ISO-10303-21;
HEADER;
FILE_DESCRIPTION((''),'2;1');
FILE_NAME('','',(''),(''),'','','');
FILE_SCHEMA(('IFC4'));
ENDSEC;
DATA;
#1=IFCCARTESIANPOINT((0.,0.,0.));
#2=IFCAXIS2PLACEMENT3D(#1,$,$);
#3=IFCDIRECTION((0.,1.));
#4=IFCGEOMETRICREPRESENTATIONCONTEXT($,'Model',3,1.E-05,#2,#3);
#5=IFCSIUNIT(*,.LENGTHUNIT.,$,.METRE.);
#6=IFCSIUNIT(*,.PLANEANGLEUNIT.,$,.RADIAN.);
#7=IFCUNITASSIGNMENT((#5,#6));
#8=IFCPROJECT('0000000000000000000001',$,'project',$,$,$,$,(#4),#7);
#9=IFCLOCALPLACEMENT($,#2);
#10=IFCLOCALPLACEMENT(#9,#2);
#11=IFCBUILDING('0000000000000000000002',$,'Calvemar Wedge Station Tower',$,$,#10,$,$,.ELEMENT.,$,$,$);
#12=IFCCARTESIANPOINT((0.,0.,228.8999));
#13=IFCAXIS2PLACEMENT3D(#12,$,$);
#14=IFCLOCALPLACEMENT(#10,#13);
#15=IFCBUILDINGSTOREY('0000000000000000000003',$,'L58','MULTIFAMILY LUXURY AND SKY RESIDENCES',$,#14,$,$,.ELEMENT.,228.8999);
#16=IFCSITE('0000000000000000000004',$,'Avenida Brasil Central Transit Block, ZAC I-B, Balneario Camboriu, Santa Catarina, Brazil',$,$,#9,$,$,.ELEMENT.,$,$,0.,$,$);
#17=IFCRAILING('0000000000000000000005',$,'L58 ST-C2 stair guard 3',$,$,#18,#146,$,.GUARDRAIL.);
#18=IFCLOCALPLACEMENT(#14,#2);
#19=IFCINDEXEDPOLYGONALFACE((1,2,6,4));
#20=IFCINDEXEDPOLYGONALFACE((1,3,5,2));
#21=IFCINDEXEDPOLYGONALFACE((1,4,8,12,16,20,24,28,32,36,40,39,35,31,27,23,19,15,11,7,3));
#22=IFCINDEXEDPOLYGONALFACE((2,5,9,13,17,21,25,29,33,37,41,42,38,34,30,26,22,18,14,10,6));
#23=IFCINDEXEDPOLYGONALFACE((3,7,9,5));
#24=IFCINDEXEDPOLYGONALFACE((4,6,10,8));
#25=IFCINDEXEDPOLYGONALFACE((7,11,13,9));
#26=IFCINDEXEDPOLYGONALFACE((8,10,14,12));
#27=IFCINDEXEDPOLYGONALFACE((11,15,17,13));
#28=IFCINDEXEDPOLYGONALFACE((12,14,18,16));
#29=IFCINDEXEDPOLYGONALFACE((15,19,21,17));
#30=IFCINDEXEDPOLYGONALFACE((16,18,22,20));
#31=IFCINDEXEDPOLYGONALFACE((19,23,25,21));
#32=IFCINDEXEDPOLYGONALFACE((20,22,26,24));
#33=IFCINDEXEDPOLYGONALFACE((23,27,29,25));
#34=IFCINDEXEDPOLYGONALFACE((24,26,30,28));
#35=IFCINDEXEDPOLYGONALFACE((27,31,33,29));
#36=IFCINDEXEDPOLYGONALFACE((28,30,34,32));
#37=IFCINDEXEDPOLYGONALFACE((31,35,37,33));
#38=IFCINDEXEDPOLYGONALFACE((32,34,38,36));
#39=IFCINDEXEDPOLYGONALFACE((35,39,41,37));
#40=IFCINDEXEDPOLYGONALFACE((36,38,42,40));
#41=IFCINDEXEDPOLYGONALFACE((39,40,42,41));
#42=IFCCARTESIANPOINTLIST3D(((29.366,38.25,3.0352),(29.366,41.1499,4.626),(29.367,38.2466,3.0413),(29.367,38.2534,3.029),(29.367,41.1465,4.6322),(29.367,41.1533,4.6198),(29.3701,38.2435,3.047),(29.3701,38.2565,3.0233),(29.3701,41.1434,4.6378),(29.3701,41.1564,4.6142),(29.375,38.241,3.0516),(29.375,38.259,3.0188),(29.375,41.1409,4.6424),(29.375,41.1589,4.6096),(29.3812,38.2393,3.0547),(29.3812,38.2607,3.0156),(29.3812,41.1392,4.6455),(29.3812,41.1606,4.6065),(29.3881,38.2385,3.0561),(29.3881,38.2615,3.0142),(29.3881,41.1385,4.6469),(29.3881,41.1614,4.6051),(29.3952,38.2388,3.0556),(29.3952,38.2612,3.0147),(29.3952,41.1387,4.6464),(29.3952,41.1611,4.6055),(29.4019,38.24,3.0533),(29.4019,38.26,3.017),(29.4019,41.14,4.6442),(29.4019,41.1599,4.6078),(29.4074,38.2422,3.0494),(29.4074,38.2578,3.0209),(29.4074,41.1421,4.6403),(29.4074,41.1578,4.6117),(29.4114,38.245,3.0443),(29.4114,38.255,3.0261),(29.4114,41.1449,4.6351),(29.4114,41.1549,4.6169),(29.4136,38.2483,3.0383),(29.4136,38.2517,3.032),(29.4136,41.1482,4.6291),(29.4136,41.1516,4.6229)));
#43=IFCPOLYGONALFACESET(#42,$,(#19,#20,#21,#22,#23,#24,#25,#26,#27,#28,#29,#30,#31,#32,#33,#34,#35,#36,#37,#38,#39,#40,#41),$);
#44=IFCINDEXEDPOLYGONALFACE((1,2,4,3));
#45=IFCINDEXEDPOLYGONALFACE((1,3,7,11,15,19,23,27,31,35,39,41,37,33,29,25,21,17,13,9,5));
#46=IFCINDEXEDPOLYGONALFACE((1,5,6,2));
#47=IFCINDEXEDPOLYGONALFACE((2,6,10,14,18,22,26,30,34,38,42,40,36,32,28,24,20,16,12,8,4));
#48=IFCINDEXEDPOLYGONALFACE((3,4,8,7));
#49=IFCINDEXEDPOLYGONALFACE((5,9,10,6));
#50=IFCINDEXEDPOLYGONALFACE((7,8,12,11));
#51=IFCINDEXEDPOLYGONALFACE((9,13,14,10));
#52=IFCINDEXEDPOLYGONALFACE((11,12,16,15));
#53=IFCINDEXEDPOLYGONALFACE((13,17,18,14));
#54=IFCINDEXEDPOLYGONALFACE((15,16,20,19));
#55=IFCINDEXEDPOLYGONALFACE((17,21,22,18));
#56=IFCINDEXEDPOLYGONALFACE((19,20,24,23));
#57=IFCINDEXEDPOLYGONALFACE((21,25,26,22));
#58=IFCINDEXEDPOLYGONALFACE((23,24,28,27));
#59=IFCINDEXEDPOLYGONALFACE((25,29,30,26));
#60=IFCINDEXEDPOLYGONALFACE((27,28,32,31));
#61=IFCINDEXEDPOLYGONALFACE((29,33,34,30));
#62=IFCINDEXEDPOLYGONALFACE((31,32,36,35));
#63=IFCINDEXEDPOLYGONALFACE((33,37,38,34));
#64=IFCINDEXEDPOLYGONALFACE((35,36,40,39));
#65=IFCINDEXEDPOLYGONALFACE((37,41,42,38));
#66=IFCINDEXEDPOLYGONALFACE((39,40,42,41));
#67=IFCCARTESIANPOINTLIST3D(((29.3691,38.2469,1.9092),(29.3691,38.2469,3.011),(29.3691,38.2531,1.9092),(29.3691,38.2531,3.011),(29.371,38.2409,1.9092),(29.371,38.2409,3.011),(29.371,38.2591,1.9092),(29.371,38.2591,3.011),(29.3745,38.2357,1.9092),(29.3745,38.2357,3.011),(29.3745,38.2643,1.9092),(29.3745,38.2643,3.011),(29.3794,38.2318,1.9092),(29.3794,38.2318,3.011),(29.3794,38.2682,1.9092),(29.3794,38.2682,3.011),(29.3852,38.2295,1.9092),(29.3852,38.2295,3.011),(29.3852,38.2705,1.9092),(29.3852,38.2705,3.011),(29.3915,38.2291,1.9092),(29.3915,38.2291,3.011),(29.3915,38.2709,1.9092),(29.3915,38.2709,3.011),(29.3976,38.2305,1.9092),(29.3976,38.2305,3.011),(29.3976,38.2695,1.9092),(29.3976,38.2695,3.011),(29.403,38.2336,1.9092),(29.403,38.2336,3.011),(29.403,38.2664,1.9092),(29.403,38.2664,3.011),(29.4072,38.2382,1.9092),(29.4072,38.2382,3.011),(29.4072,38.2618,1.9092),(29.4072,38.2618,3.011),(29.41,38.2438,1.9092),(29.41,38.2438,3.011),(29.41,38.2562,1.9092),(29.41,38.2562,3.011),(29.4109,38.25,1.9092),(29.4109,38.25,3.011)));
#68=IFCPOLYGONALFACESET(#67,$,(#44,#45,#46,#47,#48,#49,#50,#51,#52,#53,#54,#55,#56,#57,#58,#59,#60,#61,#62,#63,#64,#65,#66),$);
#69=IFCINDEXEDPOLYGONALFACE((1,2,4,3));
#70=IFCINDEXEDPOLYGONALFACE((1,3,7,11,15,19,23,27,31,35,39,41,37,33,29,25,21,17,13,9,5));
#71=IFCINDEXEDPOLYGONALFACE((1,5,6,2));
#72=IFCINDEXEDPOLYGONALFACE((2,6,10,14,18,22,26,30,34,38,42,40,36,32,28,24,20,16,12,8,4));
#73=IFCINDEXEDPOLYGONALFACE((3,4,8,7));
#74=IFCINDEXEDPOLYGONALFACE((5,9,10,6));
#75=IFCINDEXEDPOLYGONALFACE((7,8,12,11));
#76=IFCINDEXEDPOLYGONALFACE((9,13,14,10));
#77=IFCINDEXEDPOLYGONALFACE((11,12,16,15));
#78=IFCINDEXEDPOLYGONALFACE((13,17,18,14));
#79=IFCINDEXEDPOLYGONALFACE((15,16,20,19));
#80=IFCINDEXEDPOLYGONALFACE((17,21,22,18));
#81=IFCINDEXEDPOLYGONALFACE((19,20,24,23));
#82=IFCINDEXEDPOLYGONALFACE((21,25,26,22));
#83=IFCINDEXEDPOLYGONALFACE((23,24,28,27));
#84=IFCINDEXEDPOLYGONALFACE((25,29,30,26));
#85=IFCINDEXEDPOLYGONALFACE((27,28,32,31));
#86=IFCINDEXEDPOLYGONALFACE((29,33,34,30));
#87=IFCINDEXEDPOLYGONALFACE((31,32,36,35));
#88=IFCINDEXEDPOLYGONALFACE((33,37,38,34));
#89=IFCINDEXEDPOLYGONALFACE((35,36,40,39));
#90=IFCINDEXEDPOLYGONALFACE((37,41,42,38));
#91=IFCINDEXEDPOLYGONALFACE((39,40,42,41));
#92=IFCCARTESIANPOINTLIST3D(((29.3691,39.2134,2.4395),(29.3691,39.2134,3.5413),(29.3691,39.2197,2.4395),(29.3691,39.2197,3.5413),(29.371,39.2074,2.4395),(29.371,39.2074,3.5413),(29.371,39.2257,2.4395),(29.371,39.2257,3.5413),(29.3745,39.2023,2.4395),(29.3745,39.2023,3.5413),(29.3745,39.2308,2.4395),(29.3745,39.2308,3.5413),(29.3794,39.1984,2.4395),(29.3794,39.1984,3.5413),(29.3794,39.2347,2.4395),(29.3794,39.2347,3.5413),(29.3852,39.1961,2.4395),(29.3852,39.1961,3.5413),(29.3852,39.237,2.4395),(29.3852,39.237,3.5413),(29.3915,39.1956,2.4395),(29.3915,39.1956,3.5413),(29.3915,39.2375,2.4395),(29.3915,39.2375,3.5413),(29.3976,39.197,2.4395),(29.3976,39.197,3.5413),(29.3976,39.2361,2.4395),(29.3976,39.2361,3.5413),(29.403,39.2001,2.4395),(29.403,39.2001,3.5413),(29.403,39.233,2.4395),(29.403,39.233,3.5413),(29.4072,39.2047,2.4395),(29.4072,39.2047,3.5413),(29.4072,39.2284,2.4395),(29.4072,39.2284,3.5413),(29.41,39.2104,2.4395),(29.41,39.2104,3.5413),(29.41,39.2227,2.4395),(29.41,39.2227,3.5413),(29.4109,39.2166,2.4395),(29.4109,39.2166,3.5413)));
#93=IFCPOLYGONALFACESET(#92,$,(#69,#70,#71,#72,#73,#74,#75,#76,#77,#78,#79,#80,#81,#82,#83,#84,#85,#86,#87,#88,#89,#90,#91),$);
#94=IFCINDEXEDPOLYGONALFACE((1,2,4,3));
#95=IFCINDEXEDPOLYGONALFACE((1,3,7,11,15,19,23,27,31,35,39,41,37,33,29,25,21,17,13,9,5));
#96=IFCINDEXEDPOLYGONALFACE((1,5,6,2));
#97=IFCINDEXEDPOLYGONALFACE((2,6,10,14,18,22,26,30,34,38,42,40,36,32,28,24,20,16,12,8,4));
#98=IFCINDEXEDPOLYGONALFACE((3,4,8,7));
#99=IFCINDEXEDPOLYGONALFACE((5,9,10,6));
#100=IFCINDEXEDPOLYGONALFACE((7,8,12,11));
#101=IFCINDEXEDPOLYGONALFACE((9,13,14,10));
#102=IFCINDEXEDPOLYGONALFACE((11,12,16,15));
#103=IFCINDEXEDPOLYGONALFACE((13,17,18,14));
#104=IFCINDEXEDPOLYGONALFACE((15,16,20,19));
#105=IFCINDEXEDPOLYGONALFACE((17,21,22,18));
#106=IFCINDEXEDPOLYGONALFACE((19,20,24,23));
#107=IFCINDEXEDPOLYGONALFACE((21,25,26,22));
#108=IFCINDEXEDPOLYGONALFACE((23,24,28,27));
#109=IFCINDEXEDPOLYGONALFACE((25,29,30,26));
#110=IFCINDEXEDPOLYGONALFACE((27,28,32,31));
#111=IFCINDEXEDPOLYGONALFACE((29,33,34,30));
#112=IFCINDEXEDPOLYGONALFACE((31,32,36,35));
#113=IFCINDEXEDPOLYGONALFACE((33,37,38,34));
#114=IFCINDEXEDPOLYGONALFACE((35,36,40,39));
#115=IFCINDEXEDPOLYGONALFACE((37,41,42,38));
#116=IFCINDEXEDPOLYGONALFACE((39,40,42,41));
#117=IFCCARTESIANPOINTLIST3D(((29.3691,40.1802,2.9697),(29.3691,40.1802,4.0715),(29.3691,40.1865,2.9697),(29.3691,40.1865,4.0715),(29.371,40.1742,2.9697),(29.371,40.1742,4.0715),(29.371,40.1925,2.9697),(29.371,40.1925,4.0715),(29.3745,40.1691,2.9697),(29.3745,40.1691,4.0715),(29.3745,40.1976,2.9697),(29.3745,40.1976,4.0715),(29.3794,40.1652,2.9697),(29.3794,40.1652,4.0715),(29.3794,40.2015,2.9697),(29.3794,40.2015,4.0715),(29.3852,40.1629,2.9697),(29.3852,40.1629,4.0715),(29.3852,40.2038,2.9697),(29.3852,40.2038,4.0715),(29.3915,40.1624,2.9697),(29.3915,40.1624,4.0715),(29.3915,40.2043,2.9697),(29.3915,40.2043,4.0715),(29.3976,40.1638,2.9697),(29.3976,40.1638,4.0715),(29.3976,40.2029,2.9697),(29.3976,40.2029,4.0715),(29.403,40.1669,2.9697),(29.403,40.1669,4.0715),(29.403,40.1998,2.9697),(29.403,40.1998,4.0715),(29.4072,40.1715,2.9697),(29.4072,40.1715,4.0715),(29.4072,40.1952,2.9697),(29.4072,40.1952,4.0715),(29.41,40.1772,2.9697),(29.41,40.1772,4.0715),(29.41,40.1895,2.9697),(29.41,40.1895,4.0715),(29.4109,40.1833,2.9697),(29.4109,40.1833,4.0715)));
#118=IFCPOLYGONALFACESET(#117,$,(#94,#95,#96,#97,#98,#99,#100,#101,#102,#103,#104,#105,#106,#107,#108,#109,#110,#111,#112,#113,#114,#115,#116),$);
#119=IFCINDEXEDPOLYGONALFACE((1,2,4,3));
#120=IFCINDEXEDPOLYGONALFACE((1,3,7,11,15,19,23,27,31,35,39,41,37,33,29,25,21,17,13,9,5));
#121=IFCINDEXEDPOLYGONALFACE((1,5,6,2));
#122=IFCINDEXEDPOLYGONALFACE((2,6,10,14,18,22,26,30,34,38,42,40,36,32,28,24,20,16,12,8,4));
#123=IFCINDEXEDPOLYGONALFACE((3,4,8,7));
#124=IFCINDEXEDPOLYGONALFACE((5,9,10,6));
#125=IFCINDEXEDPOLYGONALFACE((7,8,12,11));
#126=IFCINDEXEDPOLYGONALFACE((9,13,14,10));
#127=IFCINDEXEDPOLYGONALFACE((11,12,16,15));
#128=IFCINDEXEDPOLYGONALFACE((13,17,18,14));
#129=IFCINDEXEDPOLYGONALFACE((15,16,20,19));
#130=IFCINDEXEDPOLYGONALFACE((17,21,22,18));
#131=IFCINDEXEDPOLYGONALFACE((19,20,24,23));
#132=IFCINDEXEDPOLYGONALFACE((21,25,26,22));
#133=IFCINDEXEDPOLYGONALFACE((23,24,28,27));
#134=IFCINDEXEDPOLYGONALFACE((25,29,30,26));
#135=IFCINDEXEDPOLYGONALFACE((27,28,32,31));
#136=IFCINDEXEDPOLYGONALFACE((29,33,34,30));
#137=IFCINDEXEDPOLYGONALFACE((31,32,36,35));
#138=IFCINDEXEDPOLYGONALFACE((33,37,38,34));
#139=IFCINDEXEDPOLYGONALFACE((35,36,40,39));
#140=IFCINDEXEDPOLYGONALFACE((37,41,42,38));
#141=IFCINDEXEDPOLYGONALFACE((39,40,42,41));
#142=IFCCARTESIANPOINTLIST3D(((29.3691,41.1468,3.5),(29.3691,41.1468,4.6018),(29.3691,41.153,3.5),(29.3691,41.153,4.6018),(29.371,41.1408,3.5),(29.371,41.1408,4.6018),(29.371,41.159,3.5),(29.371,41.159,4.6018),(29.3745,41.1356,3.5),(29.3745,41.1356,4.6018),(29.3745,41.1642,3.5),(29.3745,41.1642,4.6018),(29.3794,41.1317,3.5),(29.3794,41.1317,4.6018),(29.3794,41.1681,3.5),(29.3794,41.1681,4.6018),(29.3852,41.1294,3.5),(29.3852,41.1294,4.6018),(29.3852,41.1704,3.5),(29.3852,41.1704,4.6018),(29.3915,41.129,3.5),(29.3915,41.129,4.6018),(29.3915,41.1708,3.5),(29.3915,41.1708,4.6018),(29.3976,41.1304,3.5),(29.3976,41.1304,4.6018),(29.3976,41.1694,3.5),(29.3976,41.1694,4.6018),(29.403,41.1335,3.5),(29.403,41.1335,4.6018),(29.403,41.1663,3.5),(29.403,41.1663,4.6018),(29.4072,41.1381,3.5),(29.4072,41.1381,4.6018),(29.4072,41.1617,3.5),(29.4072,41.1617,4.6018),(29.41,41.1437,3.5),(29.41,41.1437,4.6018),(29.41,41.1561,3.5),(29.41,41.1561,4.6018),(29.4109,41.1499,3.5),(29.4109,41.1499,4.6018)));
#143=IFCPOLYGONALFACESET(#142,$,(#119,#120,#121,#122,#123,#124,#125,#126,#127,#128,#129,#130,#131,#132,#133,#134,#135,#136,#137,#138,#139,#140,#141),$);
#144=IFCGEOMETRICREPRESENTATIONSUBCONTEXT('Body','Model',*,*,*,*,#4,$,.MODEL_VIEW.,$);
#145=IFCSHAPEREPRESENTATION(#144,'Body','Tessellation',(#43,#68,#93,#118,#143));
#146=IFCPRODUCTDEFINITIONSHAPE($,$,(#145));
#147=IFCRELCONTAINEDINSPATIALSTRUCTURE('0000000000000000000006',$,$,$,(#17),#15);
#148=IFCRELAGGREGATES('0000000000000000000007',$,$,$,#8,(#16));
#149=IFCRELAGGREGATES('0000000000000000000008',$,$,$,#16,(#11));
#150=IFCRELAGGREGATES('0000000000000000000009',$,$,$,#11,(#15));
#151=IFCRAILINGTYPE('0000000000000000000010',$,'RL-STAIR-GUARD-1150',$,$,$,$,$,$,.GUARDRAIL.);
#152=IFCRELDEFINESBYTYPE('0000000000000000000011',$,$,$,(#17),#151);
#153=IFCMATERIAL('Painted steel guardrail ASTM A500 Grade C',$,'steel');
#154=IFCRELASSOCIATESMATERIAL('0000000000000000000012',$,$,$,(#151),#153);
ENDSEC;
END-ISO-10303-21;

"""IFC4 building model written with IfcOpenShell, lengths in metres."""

from ifc_helpers import new_model, si_unit, direction, frame, origin, origin_2d, place, context, subcontext, project, spatial, circle, extrude, material, type_object, element, save


model = new_model("IFC4")

# Units and contexts
model_context = context("Model", 3, precision=1e-05, world=origin(), true_north=direction((0.0, 1.0)))
body_context = subcontext(model_context, "Body", "Model", "MODEL_VIEW")
ifc_project = project(units=[si_unit("LENGTHUNIT", "METRE"), si_unit("PLANEANGLEUNIT", "RADIAN")], contexts=[model_context])

# Site, building, storey
site_placement = place(None, origin())
site = spatial("IfcSite", under=ifc_project, at=site_placement, Name="Avenida Brasil Central Transit Block, ZAC I-B, Balneario Camboriu, Santa Catarina, Brazil", CompositionType="ELEMENT", RefElevation=0.0)
building_placement = place(site_placement, origin())
building = spatial("IfcBuilding", under=site, at=building_placement, Name="Calvemar Wedge Station Tower", CompositionType="ELEMENT")
storey_placement = place(building_placement, frame((0.0, 0.0, 228.8999)))
storey = spatial("IfcBuildingStorey", under=building, at=storey_placement, Name="L58", Description="MULTIFAMILY LUXURY AND SKY RESIDENCES", CompositionType="ELEMENT", Elevation=228.8999)

# Railing
ifc_material_1 = material(Name="Painted steel guardrail ASTM A500 Grade C", Category="steel")
railing_type_1 = type_object("IfcRailingType", Name="RL-STAIR-GUARD-1150", PredefinedType="GUARDRAIL", material=ifc_material_1)
railing_1_placement = place(storey_placement, frame((29.3899, 38.25, 1.9092)))
element("IfcRailing", 1, at=railing_1_placement, inside=storey, type_object=railing_type_1, Name="L58 ST-C2 stair guard 3", PredefinedType="GUARDRAIL", context=body_context, shape_type="SweptSolid", body=[
    extrude(circle(Radius=0.0239, at=origin_2d()), frame((0.0, 0.0, 1.126), z_axis=(0.0, 0.876742, 0.480961), x_axis=(-1.0, 0.0, 0.0)), (0.0, 0.0, 1.0), 3.3076),
    extrude(circle(Radius=0.021, at=origin_2d()), origin(), (0.0, 0.0, 1.0), 1.1018),
    extrude(circle(Radius=0.021, at=origin_2d()), frame((0.0, 0.9666, 0.5303)), (0.0, 0.0, 1.0), 1.1018),
    extrude(circle(Radius=0.021, at=origin_2d()), frame((0.0, 1.9333, 1.0605)), (0.0, 0.0, 1.0), 1.1018),
    extrude(circle(Radius=0.021, at=origin_2d()), frame((0.0, 2.8999, 1.5908)), (0.0, 0.0, 1.0), 1.1018),
])

save(model, "model.ifc")
